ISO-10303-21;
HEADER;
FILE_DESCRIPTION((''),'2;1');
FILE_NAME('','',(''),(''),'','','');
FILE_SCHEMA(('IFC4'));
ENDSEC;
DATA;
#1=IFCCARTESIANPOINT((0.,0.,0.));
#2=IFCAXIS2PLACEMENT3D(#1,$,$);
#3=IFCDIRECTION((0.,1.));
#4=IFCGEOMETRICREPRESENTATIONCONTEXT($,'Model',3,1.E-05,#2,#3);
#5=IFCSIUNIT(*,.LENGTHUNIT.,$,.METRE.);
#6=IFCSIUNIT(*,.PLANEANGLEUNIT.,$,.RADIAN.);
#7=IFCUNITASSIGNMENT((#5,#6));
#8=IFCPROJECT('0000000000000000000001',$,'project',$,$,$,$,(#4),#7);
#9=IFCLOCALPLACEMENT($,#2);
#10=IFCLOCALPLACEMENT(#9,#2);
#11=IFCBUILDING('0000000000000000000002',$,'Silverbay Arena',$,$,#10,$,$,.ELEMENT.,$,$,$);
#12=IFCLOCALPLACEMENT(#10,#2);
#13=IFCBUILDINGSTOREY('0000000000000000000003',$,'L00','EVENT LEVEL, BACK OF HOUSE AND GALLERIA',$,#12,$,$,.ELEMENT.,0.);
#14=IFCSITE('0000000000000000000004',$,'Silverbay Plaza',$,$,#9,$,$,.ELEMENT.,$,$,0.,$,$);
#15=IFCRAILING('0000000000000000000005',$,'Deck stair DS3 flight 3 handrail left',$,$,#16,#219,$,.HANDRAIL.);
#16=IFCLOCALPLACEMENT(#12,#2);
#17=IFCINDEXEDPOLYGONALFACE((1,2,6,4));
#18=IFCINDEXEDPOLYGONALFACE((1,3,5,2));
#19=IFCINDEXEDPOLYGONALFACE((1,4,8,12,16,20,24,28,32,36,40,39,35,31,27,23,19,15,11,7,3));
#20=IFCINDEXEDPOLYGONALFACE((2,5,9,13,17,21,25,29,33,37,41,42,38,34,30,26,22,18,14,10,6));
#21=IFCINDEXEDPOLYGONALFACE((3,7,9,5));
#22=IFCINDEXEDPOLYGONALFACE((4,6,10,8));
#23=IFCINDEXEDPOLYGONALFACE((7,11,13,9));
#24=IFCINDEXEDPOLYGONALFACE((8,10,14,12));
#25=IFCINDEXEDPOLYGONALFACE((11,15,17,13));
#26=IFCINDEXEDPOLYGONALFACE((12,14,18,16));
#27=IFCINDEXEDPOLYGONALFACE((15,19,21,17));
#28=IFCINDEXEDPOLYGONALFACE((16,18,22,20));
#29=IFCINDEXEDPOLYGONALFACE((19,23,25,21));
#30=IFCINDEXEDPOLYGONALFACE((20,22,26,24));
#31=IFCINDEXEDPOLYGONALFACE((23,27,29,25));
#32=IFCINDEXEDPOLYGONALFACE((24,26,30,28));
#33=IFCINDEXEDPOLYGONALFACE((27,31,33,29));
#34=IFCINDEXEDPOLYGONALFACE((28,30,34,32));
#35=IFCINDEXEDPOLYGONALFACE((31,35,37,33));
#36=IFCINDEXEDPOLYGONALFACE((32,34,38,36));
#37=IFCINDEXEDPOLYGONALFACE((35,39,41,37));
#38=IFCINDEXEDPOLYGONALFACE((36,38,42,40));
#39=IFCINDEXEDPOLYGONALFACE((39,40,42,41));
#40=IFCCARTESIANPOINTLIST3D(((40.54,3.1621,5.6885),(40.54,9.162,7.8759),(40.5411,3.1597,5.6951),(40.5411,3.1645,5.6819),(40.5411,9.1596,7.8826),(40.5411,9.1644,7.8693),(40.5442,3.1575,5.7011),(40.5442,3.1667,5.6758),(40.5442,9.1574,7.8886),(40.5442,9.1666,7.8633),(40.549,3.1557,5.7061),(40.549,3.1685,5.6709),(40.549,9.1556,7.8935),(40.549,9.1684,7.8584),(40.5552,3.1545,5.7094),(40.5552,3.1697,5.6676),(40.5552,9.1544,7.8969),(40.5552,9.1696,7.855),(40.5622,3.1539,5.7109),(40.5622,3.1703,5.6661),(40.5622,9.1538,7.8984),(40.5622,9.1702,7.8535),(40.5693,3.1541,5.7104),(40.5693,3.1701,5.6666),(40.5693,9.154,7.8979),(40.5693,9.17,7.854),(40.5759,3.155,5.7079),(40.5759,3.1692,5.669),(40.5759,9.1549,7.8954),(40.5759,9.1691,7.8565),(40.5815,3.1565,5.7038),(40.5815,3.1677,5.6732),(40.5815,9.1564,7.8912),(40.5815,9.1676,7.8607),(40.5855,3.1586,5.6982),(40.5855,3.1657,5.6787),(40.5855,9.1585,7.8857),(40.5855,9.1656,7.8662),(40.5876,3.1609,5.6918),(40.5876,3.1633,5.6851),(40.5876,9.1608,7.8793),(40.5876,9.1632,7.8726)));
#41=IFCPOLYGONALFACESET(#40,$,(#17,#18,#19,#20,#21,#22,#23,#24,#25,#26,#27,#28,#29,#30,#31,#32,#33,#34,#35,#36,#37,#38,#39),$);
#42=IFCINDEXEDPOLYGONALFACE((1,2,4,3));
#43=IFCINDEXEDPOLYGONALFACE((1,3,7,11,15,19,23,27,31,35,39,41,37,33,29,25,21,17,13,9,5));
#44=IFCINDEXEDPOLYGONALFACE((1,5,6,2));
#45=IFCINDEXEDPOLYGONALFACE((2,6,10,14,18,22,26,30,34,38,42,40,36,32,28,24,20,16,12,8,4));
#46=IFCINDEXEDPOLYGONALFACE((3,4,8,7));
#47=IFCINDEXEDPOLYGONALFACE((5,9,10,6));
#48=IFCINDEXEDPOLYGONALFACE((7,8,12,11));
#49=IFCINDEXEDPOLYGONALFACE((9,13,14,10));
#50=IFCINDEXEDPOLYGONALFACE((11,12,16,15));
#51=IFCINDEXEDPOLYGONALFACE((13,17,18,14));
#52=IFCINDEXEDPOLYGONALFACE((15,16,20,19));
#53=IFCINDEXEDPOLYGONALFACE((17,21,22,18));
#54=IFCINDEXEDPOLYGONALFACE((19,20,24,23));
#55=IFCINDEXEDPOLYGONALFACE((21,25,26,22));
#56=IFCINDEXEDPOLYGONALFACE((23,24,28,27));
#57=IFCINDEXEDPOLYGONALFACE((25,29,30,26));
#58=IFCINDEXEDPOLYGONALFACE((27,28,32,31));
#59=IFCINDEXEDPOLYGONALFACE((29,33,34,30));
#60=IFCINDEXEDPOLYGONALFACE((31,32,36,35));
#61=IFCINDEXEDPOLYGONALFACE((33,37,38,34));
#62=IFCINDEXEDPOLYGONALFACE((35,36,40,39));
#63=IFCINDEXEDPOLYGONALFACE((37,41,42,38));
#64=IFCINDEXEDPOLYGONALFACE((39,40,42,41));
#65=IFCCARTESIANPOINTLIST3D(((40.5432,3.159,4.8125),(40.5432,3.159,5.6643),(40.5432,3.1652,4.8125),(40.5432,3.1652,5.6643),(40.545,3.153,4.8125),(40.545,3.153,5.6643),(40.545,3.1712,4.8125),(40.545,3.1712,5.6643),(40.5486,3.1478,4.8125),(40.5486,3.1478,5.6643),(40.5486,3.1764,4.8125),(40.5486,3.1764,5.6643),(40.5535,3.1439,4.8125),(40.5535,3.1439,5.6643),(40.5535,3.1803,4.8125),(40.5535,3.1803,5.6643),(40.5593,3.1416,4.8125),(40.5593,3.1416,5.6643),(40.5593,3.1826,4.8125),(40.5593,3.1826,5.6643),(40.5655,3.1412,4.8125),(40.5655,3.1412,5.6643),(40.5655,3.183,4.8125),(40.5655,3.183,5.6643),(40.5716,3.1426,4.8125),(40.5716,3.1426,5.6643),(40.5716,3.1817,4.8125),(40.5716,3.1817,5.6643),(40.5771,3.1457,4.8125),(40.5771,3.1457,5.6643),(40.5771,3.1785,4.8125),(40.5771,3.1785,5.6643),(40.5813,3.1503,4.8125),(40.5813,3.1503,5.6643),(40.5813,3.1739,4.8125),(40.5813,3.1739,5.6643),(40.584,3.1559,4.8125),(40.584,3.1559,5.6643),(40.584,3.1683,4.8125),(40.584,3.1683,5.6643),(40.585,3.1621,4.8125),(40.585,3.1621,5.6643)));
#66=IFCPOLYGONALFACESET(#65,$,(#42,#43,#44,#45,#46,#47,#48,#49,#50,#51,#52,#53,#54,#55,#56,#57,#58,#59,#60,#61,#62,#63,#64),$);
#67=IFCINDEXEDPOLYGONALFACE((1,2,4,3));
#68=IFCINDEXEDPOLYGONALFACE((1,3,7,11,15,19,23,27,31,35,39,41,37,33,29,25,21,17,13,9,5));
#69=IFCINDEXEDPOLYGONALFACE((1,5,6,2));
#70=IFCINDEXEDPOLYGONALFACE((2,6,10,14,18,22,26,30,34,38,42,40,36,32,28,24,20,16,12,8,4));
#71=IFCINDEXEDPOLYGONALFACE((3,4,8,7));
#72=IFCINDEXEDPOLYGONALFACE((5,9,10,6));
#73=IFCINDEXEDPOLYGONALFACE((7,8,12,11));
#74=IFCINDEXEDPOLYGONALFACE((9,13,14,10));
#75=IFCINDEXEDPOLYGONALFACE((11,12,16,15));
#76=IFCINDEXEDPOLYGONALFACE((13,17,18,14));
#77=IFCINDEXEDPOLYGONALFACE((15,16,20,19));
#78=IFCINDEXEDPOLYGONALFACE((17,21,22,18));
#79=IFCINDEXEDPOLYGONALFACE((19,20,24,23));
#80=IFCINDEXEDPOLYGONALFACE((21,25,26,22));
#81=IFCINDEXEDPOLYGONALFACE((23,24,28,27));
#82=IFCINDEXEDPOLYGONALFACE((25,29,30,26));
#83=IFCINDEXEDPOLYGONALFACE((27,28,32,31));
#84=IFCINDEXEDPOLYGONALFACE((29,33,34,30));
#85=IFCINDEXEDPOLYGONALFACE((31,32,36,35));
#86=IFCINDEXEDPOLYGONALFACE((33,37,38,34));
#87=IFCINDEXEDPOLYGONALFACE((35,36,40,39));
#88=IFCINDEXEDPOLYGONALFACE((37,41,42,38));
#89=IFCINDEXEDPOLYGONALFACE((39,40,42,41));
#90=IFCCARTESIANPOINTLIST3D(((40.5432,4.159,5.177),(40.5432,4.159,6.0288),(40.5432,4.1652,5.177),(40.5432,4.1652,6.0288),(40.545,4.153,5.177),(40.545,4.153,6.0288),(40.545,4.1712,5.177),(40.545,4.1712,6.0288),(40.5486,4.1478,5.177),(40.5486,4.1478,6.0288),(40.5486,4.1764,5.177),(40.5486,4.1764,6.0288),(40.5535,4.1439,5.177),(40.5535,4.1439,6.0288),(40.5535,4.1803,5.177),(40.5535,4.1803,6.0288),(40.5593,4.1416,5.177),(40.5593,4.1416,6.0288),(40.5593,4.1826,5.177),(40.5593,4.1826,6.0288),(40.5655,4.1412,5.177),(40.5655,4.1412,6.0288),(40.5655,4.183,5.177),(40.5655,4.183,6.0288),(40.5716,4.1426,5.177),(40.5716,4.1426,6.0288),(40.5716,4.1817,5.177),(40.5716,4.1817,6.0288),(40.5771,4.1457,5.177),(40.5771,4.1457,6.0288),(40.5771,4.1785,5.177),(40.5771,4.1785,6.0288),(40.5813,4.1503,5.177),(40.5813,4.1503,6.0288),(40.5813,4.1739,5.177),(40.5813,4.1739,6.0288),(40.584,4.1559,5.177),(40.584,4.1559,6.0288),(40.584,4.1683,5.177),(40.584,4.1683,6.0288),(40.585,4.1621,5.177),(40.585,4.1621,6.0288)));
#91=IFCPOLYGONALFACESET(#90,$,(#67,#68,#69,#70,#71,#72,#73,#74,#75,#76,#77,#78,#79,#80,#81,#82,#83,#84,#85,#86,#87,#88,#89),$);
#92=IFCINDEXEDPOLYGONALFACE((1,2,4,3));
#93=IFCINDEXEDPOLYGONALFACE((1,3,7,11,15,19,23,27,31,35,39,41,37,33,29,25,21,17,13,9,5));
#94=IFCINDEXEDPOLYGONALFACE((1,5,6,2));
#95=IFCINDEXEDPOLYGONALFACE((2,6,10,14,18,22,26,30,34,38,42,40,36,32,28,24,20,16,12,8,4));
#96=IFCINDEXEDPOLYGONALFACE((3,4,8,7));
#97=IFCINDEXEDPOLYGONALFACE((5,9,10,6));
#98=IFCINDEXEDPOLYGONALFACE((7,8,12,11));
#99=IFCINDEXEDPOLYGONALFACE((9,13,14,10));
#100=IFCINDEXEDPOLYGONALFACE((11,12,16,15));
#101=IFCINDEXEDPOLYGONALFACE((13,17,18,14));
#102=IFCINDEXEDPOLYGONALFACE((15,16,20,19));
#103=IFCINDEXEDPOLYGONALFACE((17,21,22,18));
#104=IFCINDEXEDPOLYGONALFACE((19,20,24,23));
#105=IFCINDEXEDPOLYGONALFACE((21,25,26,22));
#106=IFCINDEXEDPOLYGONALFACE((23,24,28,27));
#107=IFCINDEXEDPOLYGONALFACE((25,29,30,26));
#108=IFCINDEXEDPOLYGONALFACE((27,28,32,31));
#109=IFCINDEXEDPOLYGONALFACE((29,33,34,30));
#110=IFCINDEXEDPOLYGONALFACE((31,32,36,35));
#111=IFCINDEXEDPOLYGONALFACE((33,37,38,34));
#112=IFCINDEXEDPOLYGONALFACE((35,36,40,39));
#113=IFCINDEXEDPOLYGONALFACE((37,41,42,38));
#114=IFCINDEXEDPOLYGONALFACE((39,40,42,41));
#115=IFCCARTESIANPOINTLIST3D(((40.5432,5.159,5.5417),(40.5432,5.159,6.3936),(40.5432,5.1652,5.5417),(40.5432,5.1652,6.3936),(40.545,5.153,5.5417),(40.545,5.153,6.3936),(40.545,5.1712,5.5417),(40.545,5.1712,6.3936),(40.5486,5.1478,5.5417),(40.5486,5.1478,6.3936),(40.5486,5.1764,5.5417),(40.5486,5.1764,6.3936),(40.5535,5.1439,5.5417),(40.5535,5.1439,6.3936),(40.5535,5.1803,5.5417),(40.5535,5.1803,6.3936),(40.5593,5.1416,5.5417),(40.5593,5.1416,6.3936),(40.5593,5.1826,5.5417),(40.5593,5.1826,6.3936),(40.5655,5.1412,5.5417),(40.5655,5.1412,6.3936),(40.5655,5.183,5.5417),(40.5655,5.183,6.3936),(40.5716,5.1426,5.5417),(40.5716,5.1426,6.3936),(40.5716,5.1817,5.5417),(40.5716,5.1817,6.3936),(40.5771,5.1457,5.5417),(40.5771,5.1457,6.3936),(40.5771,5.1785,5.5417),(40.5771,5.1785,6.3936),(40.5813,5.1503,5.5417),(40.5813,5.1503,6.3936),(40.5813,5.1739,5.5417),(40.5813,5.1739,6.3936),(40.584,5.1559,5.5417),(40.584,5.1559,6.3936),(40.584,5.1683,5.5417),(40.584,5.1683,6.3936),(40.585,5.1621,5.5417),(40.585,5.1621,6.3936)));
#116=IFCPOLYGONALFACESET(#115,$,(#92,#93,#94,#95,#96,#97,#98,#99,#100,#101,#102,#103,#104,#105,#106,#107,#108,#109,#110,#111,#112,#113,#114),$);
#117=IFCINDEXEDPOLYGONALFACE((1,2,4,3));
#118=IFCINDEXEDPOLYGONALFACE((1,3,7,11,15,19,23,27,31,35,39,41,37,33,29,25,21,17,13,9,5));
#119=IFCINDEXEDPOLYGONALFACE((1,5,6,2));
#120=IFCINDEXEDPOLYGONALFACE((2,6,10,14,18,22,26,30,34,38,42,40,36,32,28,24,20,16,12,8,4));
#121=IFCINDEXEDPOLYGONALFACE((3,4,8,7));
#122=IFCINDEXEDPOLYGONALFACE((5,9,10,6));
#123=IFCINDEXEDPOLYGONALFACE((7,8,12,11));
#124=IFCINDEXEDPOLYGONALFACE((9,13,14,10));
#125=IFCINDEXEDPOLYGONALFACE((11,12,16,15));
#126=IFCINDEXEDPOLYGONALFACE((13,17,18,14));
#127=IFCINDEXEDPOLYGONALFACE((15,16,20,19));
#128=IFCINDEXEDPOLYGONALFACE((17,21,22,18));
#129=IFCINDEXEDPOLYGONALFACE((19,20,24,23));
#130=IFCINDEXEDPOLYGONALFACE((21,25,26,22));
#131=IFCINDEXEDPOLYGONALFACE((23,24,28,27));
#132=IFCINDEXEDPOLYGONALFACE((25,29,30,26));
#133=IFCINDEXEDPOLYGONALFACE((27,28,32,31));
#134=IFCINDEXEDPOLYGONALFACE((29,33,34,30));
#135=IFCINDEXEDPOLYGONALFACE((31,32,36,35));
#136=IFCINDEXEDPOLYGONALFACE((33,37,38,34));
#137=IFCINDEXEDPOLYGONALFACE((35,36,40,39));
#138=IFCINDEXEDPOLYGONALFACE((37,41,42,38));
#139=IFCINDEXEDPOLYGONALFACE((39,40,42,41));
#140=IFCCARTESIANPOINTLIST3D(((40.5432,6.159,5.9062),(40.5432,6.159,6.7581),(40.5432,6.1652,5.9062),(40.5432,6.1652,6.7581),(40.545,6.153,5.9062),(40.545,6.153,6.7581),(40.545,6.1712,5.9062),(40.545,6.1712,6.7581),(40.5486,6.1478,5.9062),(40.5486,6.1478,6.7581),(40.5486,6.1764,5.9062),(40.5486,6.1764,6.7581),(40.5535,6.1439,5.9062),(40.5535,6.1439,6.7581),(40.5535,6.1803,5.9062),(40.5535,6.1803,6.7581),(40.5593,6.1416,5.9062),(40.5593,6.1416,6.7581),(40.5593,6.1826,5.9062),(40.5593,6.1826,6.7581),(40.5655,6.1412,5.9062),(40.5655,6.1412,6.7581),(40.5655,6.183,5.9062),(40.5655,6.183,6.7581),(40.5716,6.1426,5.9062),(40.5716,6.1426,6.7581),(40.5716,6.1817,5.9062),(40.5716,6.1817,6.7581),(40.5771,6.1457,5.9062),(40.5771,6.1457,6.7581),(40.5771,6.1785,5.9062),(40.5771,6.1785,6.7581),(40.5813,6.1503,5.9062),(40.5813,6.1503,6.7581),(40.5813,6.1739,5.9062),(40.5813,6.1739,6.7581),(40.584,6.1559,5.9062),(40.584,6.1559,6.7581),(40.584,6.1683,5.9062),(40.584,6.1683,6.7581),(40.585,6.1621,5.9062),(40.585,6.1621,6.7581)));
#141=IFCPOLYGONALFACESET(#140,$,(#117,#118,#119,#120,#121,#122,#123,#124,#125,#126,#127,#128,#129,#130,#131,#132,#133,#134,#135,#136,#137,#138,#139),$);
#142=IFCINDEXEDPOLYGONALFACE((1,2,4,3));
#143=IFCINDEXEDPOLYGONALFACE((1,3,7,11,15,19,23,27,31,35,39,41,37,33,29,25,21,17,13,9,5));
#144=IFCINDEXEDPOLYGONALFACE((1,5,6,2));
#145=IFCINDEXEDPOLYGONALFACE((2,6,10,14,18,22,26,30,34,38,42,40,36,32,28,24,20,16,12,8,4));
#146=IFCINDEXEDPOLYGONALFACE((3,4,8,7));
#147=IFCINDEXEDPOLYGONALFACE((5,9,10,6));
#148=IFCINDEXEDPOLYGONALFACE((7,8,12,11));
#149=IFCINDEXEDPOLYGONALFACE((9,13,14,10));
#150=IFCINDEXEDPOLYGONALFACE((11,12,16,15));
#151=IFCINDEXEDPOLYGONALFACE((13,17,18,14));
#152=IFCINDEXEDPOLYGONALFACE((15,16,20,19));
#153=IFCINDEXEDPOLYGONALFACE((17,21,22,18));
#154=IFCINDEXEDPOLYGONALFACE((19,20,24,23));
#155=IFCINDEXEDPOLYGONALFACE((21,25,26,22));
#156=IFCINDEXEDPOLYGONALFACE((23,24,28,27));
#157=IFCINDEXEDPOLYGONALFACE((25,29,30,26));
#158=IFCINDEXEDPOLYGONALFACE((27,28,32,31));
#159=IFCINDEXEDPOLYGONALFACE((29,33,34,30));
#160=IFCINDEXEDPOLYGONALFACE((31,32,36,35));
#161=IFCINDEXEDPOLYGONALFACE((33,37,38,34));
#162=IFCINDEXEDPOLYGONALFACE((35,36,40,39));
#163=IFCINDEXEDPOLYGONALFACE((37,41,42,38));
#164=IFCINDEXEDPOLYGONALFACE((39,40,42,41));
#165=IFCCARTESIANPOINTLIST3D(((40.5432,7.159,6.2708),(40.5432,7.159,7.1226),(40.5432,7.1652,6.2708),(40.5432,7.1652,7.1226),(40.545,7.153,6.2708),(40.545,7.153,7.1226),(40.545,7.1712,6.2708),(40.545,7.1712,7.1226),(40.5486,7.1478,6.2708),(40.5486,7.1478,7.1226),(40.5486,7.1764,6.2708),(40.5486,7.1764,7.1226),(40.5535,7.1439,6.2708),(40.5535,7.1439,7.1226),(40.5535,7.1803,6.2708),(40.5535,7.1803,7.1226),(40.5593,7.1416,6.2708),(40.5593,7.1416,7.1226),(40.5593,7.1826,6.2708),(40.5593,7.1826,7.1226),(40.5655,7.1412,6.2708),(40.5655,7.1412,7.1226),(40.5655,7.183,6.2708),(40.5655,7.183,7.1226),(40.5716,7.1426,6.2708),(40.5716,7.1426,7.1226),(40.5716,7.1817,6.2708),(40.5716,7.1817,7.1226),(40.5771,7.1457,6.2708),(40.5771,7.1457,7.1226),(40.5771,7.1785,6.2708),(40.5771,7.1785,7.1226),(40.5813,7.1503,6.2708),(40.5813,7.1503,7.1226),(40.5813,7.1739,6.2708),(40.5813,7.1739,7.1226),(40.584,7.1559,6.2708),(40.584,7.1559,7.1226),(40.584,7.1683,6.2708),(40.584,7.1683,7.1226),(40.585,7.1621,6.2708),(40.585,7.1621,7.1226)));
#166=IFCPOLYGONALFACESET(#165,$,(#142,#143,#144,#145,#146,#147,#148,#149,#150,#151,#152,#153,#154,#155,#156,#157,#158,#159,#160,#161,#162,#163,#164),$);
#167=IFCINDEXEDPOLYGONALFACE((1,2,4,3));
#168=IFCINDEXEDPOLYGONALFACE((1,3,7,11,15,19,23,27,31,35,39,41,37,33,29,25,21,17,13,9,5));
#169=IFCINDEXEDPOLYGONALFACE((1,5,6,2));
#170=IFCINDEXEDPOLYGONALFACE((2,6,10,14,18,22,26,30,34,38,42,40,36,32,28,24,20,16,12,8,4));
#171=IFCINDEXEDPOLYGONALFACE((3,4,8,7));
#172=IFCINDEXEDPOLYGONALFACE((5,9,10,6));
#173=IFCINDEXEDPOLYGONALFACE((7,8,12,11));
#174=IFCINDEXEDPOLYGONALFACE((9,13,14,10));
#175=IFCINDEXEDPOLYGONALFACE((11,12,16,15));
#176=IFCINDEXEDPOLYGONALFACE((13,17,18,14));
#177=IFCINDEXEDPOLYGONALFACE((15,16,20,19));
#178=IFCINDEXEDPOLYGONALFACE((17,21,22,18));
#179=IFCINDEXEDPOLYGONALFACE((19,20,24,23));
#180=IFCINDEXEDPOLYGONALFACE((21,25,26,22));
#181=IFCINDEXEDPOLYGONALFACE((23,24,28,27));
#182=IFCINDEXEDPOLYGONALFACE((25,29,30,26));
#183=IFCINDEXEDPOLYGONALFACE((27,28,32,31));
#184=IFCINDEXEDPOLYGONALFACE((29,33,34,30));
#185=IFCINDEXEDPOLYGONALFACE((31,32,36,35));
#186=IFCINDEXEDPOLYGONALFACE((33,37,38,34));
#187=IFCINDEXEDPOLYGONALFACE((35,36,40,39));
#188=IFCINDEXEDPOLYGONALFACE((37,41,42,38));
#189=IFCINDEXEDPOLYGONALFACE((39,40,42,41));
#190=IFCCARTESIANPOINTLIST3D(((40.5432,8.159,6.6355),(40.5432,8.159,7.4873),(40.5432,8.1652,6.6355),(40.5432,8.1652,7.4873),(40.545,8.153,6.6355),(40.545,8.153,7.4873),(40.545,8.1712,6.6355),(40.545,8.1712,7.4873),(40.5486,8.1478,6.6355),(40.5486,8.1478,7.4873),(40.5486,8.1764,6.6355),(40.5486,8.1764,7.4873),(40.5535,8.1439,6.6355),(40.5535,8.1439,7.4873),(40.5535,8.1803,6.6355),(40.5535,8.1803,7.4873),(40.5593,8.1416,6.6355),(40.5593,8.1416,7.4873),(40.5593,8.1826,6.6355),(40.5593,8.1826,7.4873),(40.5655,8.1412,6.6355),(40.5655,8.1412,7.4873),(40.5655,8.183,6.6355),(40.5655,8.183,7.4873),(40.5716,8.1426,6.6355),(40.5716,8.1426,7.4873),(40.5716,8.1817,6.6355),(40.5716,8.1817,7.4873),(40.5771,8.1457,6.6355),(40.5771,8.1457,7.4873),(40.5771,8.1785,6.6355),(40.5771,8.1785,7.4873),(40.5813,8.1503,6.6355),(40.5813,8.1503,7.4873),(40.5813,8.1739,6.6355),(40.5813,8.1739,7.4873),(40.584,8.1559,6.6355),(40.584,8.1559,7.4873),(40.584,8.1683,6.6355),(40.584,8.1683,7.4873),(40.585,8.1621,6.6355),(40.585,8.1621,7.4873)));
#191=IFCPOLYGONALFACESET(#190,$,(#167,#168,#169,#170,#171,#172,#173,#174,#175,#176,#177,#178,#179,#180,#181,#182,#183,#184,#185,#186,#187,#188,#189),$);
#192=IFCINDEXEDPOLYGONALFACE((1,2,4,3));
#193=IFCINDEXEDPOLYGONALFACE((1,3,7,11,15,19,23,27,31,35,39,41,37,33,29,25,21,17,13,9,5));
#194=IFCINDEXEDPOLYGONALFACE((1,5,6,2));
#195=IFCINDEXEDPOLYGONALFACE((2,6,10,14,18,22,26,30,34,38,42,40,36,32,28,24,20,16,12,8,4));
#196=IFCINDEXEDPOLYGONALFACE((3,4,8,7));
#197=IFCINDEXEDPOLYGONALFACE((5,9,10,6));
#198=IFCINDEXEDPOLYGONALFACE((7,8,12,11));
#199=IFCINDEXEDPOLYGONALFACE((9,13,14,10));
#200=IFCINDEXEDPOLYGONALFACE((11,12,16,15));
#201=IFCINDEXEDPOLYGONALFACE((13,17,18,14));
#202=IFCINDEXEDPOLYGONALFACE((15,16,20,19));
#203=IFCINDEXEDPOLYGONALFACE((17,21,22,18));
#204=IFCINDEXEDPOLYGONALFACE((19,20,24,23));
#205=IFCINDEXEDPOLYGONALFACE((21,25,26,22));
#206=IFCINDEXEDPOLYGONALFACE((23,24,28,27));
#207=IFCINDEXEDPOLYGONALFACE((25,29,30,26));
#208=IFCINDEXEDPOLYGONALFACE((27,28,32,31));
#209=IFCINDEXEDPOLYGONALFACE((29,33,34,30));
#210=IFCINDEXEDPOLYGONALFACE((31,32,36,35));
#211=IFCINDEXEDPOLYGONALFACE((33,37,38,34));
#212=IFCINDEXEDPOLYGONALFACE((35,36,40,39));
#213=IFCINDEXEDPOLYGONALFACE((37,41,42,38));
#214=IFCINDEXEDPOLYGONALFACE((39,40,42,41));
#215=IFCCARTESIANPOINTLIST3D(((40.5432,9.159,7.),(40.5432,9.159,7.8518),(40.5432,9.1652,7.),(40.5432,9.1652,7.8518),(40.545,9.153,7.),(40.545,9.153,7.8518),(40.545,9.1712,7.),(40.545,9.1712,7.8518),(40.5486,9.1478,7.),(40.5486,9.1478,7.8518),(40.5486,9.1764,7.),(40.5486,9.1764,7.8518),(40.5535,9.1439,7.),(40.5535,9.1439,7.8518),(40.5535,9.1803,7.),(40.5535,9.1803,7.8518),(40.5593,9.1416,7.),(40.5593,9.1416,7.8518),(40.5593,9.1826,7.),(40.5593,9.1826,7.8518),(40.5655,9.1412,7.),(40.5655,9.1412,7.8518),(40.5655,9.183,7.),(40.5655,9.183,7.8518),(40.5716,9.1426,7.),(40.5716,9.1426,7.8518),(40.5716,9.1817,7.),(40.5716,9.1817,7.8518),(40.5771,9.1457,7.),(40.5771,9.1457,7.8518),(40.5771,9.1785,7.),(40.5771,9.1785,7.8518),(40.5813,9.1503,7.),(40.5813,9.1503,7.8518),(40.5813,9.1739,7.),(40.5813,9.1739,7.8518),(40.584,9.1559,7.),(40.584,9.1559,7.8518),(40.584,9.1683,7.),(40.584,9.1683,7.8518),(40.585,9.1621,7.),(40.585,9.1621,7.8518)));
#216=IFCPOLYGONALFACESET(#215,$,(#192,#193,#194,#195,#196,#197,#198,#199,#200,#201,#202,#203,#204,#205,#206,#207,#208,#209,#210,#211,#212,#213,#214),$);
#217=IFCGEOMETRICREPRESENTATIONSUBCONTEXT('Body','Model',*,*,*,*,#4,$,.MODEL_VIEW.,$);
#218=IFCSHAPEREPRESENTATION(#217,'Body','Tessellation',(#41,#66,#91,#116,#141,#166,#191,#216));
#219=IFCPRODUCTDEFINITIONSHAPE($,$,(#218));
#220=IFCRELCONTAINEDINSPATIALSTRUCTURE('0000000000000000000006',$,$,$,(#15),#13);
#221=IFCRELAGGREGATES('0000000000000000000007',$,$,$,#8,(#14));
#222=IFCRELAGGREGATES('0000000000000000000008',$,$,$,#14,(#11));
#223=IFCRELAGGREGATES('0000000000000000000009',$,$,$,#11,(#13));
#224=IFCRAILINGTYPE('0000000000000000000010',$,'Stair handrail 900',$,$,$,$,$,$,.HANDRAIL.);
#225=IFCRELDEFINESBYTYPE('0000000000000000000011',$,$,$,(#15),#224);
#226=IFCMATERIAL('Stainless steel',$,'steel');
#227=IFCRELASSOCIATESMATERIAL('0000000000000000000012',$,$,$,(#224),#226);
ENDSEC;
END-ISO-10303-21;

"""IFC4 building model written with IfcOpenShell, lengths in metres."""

from ifc_helpers import new_model, si_unit, direction, frame, origin, origin_2d, place, context, subcontext, project, spatial, circle, extrude, material, type_object, element, save


model = new_model("IFC4")

# Units and contexts
model_context = context("Model", 3, precision=1e-05, world=origin(), true_north=direction((0.0, 1.0)))
body_context = subcontext(model_context, "Body", "Model", "MODEL_VIEW")
ifc_project = project(units=[si_unit("LENGTHUNIT", "METRE"), si_unit("PLANEANGLEUNIT", "RADIAN")], contexts=[model_context])

# Site, building, storey
site_placement = place(None, origin())
site = spatial("IfcSite", under=ifc_project, at=site_placement, Name="Silverbay Plaza", CompositionType="ELEMENT", RefElevation=0.0)
building_placement = place(site_placement, origin())
building = spatial("IfcBuilding", under=site, at=building_placement, Name="Silverbay Arena", CompositionType="ELEMENT")
storey_placement = place(building_placement, origin())
storey = spatial("IfcBuildingStorey", under=building, at=storey_placement, Name="L00", Description="EVENT LEVEL, BACK OF HOUSE AND GALLERIA", CompositionType="ELEMENT", Elevation=0.0)

# Railing
ifc_material_1 = material(Name="Stainless steel", Category="steel")
railing_type_1 = type_object("IfcRailingType", Name="Stair handrail 900", PredefinedType="HANDRAIL", material=ifc_material_1)
for number, where, name in (
    (1, (40.564, 3.1621, 4.8125), "Deck stair DS3 flight 3 handrail left"),
):
    element("IfcRailing", number, at=place(storey_placement, frame(where)), inside=storey, type_object=railing_type_1, Name=name, PredefinedType="HANDRAIL", context=body_context, shape_type="SweptSolid", body=[
        extrude(circle(Radius=0.0239, at=origin_2d()), frame((0.0, 0.0, 0.876), z_axis=(0.0, 0.939507, 0.342529), x_axis=(-1.0, 0.0, 0.0)), (0.0, 0.0, 1.0), 6.3862),
        extrude(circle(Radius=0.021, at=origin_2d()), origin(), (0.0, 0.0, 1.0), 0.8518),
        extrude(circle(Radius=0.021, at=origin_2d()), frame((0.0, 1.0, 0.3645)), (0.0, 0.0, 1.0), 0.8518),
        extrude(circle(Radius=0.021, at=origin_2d()), frame((0.0, 2.0, 0.7292)), (0.0, 0.0, 1.0), 0.8518),
        extrude(circle(Radius=0.021, at=origin_2d()), frame((0.0, 3.0, 1.0938)), (0.0, 0.0, 1.0), 0.8518),
        extrude(circle(Radius=0.021, at=origin_2d()), frame((0.0, 4.0, 1.4583)), (0.0, 0.0, 1.0), 0.8518),
        extrude(circle(Radius=0.021, at=origin_2d()), frame((0.0, 5.0, 1.823)), (0.0, 0.0, 1.0), 0.8518),
        extrude(circle(Radius=0.021, at=origin_2d()), frame((0.0, 6.0, 2.1875)), (0.0, 0.0, 1.0), 0.8518),
    ])

save(model, "model.ifc")
